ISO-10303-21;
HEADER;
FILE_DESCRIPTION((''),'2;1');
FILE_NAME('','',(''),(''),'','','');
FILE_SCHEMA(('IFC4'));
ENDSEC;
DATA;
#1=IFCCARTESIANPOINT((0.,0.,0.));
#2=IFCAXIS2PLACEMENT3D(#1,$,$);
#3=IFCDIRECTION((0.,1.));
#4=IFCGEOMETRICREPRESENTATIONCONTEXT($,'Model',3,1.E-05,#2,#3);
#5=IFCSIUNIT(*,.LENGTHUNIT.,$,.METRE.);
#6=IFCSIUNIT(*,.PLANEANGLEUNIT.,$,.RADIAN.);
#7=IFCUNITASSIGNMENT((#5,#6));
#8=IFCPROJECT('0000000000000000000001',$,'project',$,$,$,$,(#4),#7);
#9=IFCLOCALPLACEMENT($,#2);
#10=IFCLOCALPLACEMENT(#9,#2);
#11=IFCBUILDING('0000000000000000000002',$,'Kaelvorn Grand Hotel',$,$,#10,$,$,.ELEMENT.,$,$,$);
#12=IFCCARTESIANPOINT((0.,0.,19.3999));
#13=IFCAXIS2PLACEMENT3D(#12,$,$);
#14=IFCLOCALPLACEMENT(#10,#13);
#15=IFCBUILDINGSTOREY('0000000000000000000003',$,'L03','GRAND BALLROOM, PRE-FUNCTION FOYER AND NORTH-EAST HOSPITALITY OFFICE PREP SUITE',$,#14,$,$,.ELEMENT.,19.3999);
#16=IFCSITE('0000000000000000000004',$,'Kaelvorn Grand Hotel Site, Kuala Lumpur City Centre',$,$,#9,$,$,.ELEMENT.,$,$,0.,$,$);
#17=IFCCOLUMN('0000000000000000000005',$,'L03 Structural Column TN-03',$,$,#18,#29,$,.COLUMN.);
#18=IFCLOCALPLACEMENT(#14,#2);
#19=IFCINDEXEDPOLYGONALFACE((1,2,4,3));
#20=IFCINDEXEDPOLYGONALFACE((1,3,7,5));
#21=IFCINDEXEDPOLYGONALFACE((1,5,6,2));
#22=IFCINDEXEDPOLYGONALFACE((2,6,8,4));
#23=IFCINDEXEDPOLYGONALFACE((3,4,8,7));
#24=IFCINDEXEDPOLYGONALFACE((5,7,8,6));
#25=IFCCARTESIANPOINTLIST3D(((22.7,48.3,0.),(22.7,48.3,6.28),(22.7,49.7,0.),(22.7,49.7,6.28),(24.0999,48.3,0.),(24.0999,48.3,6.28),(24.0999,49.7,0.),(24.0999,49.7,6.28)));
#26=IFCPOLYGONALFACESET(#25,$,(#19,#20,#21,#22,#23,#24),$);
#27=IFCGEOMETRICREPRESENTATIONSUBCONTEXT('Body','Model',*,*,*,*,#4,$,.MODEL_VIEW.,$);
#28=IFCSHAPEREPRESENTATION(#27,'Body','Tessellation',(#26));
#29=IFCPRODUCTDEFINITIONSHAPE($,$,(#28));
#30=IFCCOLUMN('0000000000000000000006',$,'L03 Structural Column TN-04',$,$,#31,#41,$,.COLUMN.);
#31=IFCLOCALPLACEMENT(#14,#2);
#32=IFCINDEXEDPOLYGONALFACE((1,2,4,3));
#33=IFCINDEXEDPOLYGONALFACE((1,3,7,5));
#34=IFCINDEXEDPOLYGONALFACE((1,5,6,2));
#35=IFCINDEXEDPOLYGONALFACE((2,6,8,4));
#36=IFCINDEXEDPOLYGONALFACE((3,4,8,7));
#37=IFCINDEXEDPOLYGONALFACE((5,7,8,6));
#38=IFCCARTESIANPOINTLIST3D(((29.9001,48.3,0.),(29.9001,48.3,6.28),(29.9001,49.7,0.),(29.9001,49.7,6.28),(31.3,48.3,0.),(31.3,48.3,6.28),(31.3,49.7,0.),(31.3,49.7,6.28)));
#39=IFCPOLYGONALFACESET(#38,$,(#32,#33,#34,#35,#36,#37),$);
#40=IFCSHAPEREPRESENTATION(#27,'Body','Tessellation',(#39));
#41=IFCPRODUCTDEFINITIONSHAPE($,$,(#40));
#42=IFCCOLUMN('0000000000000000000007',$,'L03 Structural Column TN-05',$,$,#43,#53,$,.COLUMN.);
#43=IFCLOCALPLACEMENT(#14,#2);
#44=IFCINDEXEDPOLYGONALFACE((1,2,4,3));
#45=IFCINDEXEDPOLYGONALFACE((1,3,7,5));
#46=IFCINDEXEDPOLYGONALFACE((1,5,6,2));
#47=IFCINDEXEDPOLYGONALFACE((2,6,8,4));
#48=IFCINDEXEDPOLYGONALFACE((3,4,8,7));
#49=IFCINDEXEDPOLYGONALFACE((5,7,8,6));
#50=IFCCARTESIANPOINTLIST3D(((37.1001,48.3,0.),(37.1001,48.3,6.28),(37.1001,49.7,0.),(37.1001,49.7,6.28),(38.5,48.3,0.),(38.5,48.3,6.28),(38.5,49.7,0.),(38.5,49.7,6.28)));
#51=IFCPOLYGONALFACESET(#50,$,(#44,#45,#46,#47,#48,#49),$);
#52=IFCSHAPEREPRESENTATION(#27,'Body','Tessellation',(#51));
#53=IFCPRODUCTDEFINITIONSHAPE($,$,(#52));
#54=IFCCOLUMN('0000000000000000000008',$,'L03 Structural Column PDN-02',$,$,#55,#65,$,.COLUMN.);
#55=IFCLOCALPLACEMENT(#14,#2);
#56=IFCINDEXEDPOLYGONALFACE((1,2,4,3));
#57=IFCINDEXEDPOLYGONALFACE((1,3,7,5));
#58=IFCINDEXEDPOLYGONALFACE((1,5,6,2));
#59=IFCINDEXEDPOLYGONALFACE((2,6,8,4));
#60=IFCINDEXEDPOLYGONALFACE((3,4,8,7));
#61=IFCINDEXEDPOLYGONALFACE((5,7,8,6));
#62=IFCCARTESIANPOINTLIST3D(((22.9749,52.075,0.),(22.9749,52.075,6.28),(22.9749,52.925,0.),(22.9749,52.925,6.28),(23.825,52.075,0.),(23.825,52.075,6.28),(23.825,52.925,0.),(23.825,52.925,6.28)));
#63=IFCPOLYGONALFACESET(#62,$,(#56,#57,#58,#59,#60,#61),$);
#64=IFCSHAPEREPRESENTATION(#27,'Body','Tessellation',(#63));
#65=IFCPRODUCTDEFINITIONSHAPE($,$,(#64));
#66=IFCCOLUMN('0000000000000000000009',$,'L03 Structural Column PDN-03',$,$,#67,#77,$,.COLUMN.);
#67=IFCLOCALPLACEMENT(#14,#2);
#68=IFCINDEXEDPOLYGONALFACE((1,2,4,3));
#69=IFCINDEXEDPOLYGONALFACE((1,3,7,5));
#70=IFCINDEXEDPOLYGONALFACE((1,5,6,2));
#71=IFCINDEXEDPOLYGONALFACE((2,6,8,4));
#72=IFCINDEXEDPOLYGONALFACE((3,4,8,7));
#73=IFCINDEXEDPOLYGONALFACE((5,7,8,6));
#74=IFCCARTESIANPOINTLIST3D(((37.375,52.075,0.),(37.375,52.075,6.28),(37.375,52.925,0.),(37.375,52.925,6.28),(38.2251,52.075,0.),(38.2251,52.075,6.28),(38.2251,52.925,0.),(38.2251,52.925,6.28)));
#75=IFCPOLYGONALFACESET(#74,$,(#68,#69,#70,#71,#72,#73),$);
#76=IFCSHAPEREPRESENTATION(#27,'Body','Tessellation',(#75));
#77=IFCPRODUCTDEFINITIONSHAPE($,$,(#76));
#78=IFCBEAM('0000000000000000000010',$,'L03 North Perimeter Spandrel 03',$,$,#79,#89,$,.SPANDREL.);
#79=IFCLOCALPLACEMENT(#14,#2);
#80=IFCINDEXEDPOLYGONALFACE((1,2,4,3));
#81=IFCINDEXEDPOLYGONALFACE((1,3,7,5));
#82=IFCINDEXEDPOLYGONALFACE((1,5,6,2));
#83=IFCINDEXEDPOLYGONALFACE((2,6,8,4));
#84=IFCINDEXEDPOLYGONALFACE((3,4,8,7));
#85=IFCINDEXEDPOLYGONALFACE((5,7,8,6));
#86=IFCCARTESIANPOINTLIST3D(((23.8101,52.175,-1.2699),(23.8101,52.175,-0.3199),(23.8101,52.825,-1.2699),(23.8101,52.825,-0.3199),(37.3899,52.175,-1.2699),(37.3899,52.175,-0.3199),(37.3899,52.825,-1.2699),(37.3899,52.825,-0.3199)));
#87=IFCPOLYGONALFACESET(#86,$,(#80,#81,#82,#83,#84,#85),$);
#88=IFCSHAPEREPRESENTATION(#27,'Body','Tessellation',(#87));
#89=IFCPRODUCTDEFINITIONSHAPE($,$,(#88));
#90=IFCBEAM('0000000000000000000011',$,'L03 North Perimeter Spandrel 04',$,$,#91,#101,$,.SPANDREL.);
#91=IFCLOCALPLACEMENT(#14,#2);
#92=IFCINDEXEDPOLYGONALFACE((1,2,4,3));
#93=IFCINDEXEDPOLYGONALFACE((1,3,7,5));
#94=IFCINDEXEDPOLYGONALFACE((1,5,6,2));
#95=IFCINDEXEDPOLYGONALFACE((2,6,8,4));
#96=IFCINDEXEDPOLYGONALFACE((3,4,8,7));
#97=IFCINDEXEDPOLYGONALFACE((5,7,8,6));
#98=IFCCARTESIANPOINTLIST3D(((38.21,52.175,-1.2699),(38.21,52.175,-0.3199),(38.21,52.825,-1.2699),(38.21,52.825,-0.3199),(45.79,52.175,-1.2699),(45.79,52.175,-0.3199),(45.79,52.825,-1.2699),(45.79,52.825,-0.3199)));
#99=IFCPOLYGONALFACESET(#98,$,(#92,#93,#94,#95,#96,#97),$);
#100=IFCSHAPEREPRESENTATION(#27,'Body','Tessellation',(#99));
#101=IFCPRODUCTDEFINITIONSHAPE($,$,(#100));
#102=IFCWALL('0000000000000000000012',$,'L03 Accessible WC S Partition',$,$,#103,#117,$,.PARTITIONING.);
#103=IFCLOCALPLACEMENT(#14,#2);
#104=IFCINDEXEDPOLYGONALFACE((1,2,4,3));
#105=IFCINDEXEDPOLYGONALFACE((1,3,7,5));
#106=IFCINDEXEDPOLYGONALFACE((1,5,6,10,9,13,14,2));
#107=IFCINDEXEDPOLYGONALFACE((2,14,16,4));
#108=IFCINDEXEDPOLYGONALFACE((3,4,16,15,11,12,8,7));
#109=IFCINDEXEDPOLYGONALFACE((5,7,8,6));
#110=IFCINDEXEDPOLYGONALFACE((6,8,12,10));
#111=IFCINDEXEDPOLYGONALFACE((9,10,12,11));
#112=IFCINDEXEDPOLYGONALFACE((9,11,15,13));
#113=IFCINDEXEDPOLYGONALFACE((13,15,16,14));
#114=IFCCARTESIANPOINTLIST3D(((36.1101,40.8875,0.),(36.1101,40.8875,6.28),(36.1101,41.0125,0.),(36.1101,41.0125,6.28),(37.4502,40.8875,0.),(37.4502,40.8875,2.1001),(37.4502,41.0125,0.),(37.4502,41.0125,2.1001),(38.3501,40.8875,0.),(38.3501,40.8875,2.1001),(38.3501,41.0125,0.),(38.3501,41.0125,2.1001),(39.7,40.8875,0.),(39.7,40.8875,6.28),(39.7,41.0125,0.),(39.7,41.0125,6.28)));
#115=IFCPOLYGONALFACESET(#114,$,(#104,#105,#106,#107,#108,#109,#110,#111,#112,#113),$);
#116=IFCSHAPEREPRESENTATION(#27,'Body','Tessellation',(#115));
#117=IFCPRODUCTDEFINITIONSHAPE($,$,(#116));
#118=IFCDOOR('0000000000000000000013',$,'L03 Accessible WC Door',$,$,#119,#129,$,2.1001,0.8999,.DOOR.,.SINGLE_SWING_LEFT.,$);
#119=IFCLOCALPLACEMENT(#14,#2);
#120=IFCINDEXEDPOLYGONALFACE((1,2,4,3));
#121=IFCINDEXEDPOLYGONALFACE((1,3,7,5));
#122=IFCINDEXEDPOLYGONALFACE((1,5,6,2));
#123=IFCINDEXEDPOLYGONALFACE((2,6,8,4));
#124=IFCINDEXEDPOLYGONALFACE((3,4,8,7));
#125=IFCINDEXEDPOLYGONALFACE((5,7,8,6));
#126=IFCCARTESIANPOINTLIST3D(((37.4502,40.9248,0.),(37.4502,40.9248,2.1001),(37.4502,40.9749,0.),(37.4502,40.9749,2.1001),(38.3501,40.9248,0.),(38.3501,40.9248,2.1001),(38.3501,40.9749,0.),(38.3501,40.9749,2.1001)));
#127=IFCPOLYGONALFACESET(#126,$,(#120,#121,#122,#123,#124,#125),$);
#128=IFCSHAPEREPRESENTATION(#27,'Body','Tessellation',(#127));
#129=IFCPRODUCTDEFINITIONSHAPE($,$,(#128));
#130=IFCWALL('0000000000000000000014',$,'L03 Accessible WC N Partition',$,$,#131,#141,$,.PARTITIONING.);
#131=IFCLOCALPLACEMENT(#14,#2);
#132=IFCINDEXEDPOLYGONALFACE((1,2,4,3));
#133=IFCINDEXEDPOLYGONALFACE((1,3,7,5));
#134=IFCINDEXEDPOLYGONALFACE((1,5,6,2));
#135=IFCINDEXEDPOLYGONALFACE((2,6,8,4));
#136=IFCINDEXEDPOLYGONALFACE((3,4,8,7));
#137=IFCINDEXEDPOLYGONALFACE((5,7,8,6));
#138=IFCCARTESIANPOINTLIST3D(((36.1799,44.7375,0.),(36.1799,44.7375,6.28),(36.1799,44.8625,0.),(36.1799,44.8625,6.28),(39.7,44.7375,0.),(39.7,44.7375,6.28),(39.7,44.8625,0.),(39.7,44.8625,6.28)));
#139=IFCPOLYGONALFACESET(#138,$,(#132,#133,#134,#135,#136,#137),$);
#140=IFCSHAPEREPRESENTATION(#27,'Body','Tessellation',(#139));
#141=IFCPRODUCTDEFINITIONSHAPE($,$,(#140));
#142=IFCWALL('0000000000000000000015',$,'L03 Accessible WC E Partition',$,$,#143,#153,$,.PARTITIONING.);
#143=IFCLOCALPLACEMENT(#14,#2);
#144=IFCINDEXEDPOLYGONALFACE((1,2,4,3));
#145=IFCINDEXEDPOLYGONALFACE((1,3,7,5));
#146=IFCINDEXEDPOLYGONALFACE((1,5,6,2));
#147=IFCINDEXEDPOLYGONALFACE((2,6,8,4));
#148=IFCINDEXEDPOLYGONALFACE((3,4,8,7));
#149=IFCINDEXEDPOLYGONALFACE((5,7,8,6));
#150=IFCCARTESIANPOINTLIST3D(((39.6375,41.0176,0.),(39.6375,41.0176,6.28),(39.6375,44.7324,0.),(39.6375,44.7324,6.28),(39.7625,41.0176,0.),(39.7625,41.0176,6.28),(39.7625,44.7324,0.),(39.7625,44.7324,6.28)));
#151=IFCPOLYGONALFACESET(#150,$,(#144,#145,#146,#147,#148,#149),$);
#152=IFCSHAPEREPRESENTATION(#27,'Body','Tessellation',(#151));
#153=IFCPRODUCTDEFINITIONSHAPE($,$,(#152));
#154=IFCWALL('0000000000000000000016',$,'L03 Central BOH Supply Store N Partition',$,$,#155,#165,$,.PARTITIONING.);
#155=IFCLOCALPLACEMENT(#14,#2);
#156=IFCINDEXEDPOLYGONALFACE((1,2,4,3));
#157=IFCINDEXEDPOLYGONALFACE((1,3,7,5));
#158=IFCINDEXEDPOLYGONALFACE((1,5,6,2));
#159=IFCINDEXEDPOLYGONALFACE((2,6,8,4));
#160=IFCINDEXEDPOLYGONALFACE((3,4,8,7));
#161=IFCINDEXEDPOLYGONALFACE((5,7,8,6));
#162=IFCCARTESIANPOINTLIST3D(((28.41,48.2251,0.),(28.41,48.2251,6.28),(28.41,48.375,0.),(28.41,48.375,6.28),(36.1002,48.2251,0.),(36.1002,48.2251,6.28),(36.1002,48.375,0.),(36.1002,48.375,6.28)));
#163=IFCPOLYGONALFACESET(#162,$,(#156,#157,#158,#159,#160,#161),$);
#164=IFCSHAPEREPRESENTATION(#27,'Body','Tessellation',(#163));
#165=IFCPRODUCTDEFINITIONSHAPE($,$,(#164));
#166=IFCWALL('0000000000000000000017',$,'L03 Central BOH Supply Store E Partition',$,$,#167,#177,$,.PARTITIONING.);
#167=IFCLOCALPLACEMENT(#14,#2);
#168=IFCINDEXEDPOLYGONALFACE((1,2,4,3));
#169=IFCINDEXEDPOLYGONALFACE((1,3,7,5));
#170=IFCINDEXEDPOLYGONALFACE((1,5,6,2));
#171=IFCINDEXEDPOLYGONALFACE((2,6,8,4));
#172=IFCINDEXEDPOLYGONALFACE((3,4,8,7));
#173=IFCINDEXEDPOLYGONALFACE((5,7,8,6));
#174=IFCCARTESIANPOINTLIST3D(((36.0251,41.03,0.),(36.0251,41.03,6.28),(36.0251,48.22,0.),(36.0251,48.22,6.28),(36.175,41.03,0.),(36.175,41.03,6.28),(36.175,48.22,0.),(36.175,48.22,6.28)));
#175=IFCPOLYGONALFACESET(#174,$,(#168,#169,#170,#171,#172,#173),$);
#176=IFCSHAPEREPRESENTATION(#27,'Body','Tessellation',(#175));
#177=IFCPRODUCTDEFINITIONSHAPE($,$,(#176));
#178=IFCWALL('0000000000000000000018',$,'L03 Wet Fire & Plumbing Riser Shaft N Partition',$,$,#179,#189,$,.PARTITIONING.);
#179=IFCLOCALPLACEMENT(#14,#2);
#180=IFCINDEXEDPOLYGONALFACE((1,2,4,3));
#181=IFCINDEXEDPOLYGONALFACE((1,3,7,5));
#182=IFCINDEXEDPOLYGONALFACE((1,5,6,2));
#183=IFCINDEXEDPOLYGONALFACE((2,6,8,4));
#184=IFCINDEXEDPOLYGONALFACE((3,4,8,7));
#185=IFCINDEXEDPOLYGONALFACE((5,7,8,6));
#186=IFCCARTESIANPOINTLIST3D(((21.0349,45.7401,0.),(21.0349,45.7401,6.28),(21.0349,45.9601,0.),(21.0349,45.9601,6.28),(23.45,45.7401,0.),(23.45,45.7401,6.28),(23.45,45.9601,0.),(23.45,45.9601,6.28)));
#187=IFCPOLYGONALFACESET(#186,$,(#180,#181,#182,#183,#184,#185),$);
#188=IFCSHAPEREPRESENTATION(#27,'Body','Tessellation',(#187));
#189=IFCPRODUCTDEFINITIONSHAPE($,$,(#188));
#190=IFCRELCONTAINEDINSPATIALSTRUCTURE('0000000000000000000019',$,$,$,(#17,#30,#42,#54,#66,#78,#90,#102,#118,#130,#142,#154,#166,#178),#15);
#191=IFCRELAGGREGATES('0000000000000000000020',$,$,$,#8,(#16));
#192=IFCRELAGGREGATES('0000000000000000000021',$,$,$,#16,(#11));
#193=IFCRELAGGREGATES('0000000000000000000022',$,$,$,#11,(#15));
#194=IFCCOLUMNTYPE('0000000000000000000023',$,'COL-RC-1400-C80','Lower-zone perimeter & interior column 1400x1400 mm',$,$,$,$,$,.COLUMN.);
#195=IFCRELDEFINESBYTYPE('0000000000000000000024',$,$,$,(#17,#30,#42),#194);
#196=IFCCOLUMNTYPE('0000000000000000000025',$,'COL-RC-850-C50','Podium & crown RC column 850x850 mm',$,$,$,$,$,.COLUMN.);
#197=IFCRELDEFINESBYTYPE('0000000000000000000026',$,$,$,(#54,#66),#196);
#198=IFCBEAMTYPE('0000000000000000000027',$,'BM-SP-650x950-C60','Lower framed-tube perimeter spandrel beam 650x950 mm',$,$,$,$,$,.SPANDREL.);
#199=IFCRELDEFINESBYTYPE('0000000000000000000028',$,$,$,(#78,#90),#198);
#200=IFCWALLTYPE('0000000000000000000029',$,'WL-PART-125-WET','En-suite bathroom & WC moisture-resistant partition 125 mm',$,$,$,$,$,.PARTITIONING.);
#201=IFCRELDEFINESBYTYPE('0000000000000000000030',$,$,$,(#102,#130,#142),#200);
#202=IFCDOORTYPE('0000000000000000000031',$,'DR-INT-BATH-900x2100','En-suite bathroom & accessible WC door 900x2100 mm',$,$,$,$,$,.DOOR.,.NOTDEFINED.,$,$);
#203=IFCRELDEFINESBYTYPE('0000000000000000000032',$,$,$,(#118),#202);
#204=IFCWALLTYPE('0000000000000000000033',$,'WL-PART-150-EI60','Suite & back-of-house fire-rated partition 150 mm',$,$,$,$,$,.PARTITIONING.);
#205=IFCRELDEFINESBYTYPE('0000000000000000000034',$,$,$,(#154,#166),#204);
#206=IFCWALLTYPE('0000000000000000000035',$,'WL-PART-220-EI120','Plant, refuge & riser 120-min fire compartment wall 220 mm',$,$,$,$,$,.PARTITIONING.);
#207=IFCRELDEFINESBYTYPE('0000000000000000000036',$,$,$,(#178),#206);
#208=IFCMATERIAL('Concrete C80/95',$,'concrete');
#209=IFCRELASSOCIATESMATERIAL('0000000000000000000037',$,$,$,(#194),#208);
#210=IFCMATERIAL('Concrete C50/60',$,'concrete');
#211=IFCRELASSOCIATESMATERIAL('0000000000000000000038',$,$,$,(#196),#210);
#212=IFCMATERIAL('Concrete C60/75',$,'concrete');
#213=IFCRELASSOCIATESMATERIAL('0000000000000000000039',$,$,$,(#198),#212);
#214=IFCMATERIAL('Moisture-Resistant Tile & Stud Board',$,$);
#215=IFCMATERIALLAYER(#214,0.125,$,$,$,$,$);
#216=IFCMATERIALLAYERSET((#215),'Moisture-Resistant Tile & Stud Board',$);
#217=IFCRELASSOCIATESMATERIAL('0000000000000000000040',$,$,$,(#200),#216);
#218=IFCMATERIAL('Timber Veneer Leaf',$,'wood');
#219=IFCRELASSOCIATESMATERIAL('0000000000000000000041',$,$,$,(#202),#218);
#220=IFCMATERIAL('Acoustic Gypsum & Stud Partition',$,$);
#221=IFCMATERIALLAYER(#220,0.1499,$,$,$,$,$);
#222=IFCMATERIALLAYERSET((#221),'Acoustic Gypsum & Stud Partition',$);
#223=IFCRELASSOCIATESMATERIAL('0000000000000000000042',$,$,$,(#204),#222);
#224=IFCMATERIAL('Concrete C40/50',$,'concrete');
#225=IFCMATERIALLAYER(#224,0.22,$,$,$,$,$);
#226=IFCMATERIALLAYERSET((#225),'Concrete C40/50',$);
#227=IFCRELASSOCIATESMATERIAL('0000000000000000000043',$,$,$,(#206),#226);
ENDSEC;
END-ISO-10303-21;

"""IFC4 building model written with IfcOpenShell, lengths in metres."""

from ifc_helpers import new_model, si_unit, direction, frame, frame_2d, origin, origin_2d, place, context, subcontext, project, spatial, rectangle, extrude, material, layer, layer_set, material_profile, profile_set, type_object, element, fill, save


model = new_model("IFC4")

# Units and contexts
model_context = context("Model", 3, precision=1e-05, world=origin(), true_north=direction((0.0, 1.0)))
body_context = subcontext(model_context, "Body", "Model", "MODEL_VIEW")
ifc_project = project(units=[si_unit("LENGTHUNIT", "METRE"), si_unit("PLANEANGLEUNIT", "RADIAN")], contexts=[model_context])

# Site, building, storey
site_placement = place(None, origin())
site = spatial("IfcSite", under=ifc_project, at=site_placement, Name="Kaelvorn Grand Hotel Site, Kuala Lumpur City Centre", CompositionType="ELEMENT", RefElevation=0.0)
building_placement = place(site_placement, origin())
building = spatial("IfcBuilding", under=site, at=building_placement, Name="Kaelvorn Grand Hotel", CompositionType="ELEMENT")
storey_placement = place(building_placement, frame((0.0, 0.0, 19.3999)))
storey = spatial("IfcBuildingStorey", under=building, at=storey_placement, Name="L03", Description="GRAND BALLROOM, PRE-FUNCTION FOYER AND NORTH-EAST HOSPITALITY OFFICE PREP SUITE", CompositionType="ELEMENT", Elevation=19.3999)

# Columns
ifc_material_1 = material(Name="Concrete C80/95", Category="concrete")
ifc_material_profile_1 = material_profile(ifc_material_1, rectangle(XDim=1.3999, YDim=1.3999, at=origin_2d()), Name="RC COL 1400x1400")
ifc_profile_set_1 = profile_set([ifc_material_profile_1], Name="Concrete C80/95")
column_type_1 = type_object("IfcColumnType", Name="COL-RC-1400-C80", Description="Lower-zone perimeter & interior column 1400x1400 mm", PredefinedType="COLUMN", material=ifc_profile_set_1)
for number, where, z_axis, x_axis, name in (
    (1, (23.3999, 49.0, 0.0), (0.0, 0.0, 1.0), (1.0, 0.0, 0.0), "L03 Structural Column TN-03"),
    (2, (30.6001, 49.0, 0.0), (0.0, 0.0, 1.0), (1.0, 0.0, 0.0), "L03 Structural Column TN-04"),
    (3, (37.8, 49.0, 0.0), (0.0, 0.0, 1.0), (1.0, 0.0, 0.0), "L03 Structural Column TN-05"),
):
    element("IfcColumn", number, at=place(storey_placement, frame(where, z_axis=z_axis, x_axis=x_axis)), inside=storey, type_object=column_type_1, Name=name, PredefinedType="COLUMN", context=body_context, shape_type="SweptSolid", body=[
        extrude(rectangle(XDim=1.3999, YDim=1.3999, at=origin_2d()), origin(), (0.0, 0.0, 1.0), 6.28),
    ])
ifc_material_2 = material(Name="Concrete C50/60", Category="concrete")
ifc_material_profile_2 = material_profile(ifc_material_2, rectangle(XDim=0.8501, YDim=0.8501, at=origin_2d()), Name="RC COL 850x850")
ifc_profile_set_2 = profile_set([ifc_material_profile_2], Name="Concrete C50/60")
column_type_2 = type_object("IfcColumnType", Name="COL-RC-850-C50", Description="Podium & crown RC column 850x850 mm", PredefinedType="COLUMN", material=ifc_profile_set_2)
for number, where, z_axis, x_axis, name in (
    (4, (23.3999, 52.5, 0.0), (0.0, 0.0, 1.0), (1.0, 0.0, 0.0), "L03 Structural Column PDN-02"),
    (5, (37.8, 52.5, 0.0), (0.0, 0.0, 1.0), (1.0, 0.0, 0.0), "L03 Structural Column PDN-03"),
):
    element("IfcColumn", number, at=place(storey_placement, frame(where, z_axis=z_axis, x_axis=x_axis)), inside=storey, type_object=column_type_2, Name=name, PredefinedType="COLUMN", context=body_context, shape_type="SweptSolid", body=[
        extrude(rectangle(XDim=0.8501, YDim=0.8501, at=origin_2d()), origin(), (0.0, 0.0, 1.0), 6.28),
    ])

# Beams
ifc_material_3 = material(Name="Concrete C60/75", Category="concrete")
ifc_material_profile_3 = material_profile(ifc_material_3, rectangle(XDim=0.6499, YDim=0.95, at=origin_2d()), Name="RC SPANDREL 650x950")
ifc_profile_set_3 = profile_set([ifc_material_profile_3], Name="Concrete C60/75")
beam_type = type_object("IfcBeamType", Name="BM-SP-650x950-C60", Description="Lower framed-tube perimeter spandrel beam 650x950 mm", PredefinedType="SPANDREL", material=ifc_profile_set_3)
beam_1_placement = place(storey_placement, frame((23.8101, 52.5, -0.7949), z_axis=(1.0, 0.0, 0.0), x_axis=(0.0, 1.0, 0.0)))
element("IfcBeam", 6, at=beam_1_placement, inside=storey, type_object=beam_type, Name="L03 North Perimeter Spandrel 03", PredefinedType="SPANDREL", context=body_context, shape_type="SweptSolid", body=[
    extrude(rectangle(XDim=0.6499, YDim=0.95, at=origin_2d()), origin(), (0.0, 0.0, 1.0), 13.5798),
])
beam_2_placement = place(storey_placement, frame((38.21, 52.5, -0.7949), z_axis=(1.0, 0.0, 0.0), x_axis=(0.0, 1.0, 0.0)))
element("IfcBeam", 7, at=beam_2_placement, inside=storey, type_object=beam_type, Name="L03 North Perimeter Spandrel 04", PredefinedType="SPANDREL", context=body_context, shape_type="SweptSolid", body=[
    extrude(rectangle(XDim=0.6499, YDim=0.95, at=origin_2d()), origin(), (0.0, 0.0, 1.0), 7.5801),
])

# Wall, opening, door
ifc_material_4 = material(Name="Moisture-Resistant Tile & Stud Board")
ifc_layer_1 = layer(ifc_material_4, 0.125)
ifc_layer_set_1 = layer_set([ifc_layer_1], Name="Moisture-Resistant Tile & Stud Board")
wall_type_1 = type_object("IfcWallType", Name="WL-PART-125-WET", Description="En-suite bathroom & WC moisture-resistant partition 125 mm", PredefinedType="PARTITIONING", material=ifc_layer_set_1)
wall_1_placement = place(storey_placement, frame((36.1101, 40.95, 0.0), z_axis=(0.0, 0.0, 1.0), x_axis=(1.0, 0.0, 0.0)))
wall_1 = element("IfcWall", 8, at=wall_1_placement, inside=storey, type_object=wall_type_1, Name="L03 Accessible WC S Partition", PredefinedType="PARTITIONING", context=body_context, shape_type="SweptSolid", body=[
    extrude(rectangle(XDim=3.5898, YDim=0.125, at=frame_2d((1.7949, 0.0))), origin(), (0.0, 0.0, 1.0), 6.28),
])
opening_1_placement = place(wall_1_placement, frame((1.3401, 0.0, 0.0)))
opening_1 = element("IfcOpeningElement", 9, at=opening_1_placement, cuts=wall_1, PredefinedType="OPENING", context=body_context, shape_type="SweptSolid", body=[
    extrude(rectangle(XDim=0.8999, YDim=2.1001, at=frame_2d((0.45, 1.05))), frame((0.0, 0.0725, 0.0), z_axis=(0.0, -1.0, 0.0), x_axis=(1.0, 0.0, 0.0)), (0.0, 0.0, 1.0), 0.145),
])
ifc_material_5 = material(Name="Timber Veneer Leaf", Category="wood")
door_type_1 = type_object("IfcDoorType", Name="DR-INT-BATH-900x2100", Description="En-suite bathroom & accessible WC door 900x2100 mm", OperationType="NOTDEFINED", PredefinedType="DOOR", material=ifc_material_5)
door_1_placement = place(opening_1_placement, origin())
door_1 = element("IfcDoor", 10, at=door_1_placement, inside=storey, type_object=door_type_1, Name="L03 Accessible WC Door", OperationType="SINGLE_SWING_LEFT", OverallHeight=2.1001, OverallWidth=0.8999, PredefinedType="DOOR", context=body_context, shape_type="SweptSolid", body=[
    extrude(rectangle(XDim=0.8999, YDim=2.1001, at=frame_2d((0.45, 1.05))), frame((0.0, 0.0249, 0.0), z_axis=(0.0, -1.0, 0.0), x_axis=(1.0, 0.0, 0.0)), (0.0, 0.0, 1.0), 0.05),
])
fill(opening_1, door_1)

# Walls
wall_2_placement = place(storey_placement, frame((36.1799, 44.8, 0.0), z_axis=(0.0, 0.0, 1.0), x_axis=(1.0, 0.0, 0.0)))
element("IfcWall", 11, at=wall_2_placement, inside=storey, type_object=wall_type_1, Name="L03 Accessible WC N Partition", PredefinedType="PARTITIONING", context=body_context, shape_type="SweptSolid", body=[
    extrude(rectangle(XDim=3.52, YDim=0.125, at=frame_2d((1.76, 0.0))), origin(), (0.0, 0.0, 1.0), 6.28),
])
wall_3_placement = place(storey_placement, frame((39.7, 41.0176, 0.0), z_axis=(0.0, 0.0, 1.0), x_axis=(0.0, 1.0, 0.0)))
element("IfcWall", 12, at=wall_3_placement, inside=storey, type_object=wall_type_1, Name="L03 Accessible WC E Partition", PredefinedType="PARTITIONING", context=body_context, shape_type="SweptSolid", body=[
    extrude(rectangle(XDim=3.7148, YDim=0.125, at=frame_2d((1.8574, 0.0))), origin(), (0.0, 0.0, 1.0), 6.28),
])
ifc_material_6 = material(Name="Acoustic Gypsum & Stud Partition")
ifc_layer_2 = layer(ifc_material_6, 0.1499)
ifc_layer_set_2 = layer_set([ifc_layer_2], Name="Acoustic Gypsum & Stud Partition")
wall_type_2 = type_object("IfcWallType", Name="WL-PART-150-EI60", Description="Suite & back-of-house fire-rated partition 150 mm", PredefinedType="PARTITIONING", material=ifc_layer_set_2)
wall_4_placement = place(storey_placement, frame((28.4099, 48.3, 0.0), z_axis=(0.0, 0.0, 1.0), x_axis=(1.0, 0.0, 0.0)))
element("IfcWall", 13, at=wall_4_placement, inside=storey, type_object=wall_type_2, Name="L03 Central BOH Supply Store N Partition", PredefinedType="PARTITIONING", context=body_context, shape_type="SweptSolid", body=[
    extrude(rectangle(XDim=7.6902, YDim=0.1499, at=frame_2d((3.8452, 0.0))), origin(), (0.0, 0.0, 1.0), 6.28),
])
wall_5_placement = place(storey_placement, frame((36.1001, 41.03, 0.0), z_axis=(0.0, 0.0, 1.0), x_axis=(0.0, 1.0, 0.0)))
element("IfcWall", 14, at=wall_5_placement, inside=storey, type_object=wall_type_2, Name="L03 Central BOH Supply Store E Partition", PredefinedType="PARTITIONING", context=body_context, shape_type="SweptSolid", body=[
    extrude(rectangle(XDim=7.1899, YDim=0.1499, at=frame_2d((3.595, 0.0))), origin(), (0.0, 0.0, 1.0), 6.28),
])
ifc_material_7 = material(Name="Concrete C40/50", Category="concrete")
ifc_layer_3 = layer(ifc_material_7, 0.22)
ifc_layer_set_3 = layer_set([ifc_layer_3], Name="Concrete C40/50")
wall_type_3 = type_object("IfcWallType", Name="WL-PART-220-EI120", Description="Plant, refuge & riser 120-min fire compartment wall 220 mm", PredefinedType="PARTITIONING", material=ifc_layer_set_3)
wall_6_placement = place(storey_placement, frame((21.0349, 45.8501, 0.0), z_axis=(0.0, 0.0, 1.0), x_axis=(1.0, 0.0, 0.0)))
element("IfcWall", 15, at=wall_6_placement, inside=storey, type_object=wall_type_3, Name="L03 Wet Fire & Plumbing Riser Shaft N Partition", PredefinedType="PARTITIONING", context=body_context, shape_type="SweptSolid", body=[
    extrude(rectangle(XDim=2.415, YDim=0.22, at=frame_2d((1.2075, 0.0))), origin(), (0.0, 0.0, 1.0), 6.28),
])

save(model, "model.ifc")
